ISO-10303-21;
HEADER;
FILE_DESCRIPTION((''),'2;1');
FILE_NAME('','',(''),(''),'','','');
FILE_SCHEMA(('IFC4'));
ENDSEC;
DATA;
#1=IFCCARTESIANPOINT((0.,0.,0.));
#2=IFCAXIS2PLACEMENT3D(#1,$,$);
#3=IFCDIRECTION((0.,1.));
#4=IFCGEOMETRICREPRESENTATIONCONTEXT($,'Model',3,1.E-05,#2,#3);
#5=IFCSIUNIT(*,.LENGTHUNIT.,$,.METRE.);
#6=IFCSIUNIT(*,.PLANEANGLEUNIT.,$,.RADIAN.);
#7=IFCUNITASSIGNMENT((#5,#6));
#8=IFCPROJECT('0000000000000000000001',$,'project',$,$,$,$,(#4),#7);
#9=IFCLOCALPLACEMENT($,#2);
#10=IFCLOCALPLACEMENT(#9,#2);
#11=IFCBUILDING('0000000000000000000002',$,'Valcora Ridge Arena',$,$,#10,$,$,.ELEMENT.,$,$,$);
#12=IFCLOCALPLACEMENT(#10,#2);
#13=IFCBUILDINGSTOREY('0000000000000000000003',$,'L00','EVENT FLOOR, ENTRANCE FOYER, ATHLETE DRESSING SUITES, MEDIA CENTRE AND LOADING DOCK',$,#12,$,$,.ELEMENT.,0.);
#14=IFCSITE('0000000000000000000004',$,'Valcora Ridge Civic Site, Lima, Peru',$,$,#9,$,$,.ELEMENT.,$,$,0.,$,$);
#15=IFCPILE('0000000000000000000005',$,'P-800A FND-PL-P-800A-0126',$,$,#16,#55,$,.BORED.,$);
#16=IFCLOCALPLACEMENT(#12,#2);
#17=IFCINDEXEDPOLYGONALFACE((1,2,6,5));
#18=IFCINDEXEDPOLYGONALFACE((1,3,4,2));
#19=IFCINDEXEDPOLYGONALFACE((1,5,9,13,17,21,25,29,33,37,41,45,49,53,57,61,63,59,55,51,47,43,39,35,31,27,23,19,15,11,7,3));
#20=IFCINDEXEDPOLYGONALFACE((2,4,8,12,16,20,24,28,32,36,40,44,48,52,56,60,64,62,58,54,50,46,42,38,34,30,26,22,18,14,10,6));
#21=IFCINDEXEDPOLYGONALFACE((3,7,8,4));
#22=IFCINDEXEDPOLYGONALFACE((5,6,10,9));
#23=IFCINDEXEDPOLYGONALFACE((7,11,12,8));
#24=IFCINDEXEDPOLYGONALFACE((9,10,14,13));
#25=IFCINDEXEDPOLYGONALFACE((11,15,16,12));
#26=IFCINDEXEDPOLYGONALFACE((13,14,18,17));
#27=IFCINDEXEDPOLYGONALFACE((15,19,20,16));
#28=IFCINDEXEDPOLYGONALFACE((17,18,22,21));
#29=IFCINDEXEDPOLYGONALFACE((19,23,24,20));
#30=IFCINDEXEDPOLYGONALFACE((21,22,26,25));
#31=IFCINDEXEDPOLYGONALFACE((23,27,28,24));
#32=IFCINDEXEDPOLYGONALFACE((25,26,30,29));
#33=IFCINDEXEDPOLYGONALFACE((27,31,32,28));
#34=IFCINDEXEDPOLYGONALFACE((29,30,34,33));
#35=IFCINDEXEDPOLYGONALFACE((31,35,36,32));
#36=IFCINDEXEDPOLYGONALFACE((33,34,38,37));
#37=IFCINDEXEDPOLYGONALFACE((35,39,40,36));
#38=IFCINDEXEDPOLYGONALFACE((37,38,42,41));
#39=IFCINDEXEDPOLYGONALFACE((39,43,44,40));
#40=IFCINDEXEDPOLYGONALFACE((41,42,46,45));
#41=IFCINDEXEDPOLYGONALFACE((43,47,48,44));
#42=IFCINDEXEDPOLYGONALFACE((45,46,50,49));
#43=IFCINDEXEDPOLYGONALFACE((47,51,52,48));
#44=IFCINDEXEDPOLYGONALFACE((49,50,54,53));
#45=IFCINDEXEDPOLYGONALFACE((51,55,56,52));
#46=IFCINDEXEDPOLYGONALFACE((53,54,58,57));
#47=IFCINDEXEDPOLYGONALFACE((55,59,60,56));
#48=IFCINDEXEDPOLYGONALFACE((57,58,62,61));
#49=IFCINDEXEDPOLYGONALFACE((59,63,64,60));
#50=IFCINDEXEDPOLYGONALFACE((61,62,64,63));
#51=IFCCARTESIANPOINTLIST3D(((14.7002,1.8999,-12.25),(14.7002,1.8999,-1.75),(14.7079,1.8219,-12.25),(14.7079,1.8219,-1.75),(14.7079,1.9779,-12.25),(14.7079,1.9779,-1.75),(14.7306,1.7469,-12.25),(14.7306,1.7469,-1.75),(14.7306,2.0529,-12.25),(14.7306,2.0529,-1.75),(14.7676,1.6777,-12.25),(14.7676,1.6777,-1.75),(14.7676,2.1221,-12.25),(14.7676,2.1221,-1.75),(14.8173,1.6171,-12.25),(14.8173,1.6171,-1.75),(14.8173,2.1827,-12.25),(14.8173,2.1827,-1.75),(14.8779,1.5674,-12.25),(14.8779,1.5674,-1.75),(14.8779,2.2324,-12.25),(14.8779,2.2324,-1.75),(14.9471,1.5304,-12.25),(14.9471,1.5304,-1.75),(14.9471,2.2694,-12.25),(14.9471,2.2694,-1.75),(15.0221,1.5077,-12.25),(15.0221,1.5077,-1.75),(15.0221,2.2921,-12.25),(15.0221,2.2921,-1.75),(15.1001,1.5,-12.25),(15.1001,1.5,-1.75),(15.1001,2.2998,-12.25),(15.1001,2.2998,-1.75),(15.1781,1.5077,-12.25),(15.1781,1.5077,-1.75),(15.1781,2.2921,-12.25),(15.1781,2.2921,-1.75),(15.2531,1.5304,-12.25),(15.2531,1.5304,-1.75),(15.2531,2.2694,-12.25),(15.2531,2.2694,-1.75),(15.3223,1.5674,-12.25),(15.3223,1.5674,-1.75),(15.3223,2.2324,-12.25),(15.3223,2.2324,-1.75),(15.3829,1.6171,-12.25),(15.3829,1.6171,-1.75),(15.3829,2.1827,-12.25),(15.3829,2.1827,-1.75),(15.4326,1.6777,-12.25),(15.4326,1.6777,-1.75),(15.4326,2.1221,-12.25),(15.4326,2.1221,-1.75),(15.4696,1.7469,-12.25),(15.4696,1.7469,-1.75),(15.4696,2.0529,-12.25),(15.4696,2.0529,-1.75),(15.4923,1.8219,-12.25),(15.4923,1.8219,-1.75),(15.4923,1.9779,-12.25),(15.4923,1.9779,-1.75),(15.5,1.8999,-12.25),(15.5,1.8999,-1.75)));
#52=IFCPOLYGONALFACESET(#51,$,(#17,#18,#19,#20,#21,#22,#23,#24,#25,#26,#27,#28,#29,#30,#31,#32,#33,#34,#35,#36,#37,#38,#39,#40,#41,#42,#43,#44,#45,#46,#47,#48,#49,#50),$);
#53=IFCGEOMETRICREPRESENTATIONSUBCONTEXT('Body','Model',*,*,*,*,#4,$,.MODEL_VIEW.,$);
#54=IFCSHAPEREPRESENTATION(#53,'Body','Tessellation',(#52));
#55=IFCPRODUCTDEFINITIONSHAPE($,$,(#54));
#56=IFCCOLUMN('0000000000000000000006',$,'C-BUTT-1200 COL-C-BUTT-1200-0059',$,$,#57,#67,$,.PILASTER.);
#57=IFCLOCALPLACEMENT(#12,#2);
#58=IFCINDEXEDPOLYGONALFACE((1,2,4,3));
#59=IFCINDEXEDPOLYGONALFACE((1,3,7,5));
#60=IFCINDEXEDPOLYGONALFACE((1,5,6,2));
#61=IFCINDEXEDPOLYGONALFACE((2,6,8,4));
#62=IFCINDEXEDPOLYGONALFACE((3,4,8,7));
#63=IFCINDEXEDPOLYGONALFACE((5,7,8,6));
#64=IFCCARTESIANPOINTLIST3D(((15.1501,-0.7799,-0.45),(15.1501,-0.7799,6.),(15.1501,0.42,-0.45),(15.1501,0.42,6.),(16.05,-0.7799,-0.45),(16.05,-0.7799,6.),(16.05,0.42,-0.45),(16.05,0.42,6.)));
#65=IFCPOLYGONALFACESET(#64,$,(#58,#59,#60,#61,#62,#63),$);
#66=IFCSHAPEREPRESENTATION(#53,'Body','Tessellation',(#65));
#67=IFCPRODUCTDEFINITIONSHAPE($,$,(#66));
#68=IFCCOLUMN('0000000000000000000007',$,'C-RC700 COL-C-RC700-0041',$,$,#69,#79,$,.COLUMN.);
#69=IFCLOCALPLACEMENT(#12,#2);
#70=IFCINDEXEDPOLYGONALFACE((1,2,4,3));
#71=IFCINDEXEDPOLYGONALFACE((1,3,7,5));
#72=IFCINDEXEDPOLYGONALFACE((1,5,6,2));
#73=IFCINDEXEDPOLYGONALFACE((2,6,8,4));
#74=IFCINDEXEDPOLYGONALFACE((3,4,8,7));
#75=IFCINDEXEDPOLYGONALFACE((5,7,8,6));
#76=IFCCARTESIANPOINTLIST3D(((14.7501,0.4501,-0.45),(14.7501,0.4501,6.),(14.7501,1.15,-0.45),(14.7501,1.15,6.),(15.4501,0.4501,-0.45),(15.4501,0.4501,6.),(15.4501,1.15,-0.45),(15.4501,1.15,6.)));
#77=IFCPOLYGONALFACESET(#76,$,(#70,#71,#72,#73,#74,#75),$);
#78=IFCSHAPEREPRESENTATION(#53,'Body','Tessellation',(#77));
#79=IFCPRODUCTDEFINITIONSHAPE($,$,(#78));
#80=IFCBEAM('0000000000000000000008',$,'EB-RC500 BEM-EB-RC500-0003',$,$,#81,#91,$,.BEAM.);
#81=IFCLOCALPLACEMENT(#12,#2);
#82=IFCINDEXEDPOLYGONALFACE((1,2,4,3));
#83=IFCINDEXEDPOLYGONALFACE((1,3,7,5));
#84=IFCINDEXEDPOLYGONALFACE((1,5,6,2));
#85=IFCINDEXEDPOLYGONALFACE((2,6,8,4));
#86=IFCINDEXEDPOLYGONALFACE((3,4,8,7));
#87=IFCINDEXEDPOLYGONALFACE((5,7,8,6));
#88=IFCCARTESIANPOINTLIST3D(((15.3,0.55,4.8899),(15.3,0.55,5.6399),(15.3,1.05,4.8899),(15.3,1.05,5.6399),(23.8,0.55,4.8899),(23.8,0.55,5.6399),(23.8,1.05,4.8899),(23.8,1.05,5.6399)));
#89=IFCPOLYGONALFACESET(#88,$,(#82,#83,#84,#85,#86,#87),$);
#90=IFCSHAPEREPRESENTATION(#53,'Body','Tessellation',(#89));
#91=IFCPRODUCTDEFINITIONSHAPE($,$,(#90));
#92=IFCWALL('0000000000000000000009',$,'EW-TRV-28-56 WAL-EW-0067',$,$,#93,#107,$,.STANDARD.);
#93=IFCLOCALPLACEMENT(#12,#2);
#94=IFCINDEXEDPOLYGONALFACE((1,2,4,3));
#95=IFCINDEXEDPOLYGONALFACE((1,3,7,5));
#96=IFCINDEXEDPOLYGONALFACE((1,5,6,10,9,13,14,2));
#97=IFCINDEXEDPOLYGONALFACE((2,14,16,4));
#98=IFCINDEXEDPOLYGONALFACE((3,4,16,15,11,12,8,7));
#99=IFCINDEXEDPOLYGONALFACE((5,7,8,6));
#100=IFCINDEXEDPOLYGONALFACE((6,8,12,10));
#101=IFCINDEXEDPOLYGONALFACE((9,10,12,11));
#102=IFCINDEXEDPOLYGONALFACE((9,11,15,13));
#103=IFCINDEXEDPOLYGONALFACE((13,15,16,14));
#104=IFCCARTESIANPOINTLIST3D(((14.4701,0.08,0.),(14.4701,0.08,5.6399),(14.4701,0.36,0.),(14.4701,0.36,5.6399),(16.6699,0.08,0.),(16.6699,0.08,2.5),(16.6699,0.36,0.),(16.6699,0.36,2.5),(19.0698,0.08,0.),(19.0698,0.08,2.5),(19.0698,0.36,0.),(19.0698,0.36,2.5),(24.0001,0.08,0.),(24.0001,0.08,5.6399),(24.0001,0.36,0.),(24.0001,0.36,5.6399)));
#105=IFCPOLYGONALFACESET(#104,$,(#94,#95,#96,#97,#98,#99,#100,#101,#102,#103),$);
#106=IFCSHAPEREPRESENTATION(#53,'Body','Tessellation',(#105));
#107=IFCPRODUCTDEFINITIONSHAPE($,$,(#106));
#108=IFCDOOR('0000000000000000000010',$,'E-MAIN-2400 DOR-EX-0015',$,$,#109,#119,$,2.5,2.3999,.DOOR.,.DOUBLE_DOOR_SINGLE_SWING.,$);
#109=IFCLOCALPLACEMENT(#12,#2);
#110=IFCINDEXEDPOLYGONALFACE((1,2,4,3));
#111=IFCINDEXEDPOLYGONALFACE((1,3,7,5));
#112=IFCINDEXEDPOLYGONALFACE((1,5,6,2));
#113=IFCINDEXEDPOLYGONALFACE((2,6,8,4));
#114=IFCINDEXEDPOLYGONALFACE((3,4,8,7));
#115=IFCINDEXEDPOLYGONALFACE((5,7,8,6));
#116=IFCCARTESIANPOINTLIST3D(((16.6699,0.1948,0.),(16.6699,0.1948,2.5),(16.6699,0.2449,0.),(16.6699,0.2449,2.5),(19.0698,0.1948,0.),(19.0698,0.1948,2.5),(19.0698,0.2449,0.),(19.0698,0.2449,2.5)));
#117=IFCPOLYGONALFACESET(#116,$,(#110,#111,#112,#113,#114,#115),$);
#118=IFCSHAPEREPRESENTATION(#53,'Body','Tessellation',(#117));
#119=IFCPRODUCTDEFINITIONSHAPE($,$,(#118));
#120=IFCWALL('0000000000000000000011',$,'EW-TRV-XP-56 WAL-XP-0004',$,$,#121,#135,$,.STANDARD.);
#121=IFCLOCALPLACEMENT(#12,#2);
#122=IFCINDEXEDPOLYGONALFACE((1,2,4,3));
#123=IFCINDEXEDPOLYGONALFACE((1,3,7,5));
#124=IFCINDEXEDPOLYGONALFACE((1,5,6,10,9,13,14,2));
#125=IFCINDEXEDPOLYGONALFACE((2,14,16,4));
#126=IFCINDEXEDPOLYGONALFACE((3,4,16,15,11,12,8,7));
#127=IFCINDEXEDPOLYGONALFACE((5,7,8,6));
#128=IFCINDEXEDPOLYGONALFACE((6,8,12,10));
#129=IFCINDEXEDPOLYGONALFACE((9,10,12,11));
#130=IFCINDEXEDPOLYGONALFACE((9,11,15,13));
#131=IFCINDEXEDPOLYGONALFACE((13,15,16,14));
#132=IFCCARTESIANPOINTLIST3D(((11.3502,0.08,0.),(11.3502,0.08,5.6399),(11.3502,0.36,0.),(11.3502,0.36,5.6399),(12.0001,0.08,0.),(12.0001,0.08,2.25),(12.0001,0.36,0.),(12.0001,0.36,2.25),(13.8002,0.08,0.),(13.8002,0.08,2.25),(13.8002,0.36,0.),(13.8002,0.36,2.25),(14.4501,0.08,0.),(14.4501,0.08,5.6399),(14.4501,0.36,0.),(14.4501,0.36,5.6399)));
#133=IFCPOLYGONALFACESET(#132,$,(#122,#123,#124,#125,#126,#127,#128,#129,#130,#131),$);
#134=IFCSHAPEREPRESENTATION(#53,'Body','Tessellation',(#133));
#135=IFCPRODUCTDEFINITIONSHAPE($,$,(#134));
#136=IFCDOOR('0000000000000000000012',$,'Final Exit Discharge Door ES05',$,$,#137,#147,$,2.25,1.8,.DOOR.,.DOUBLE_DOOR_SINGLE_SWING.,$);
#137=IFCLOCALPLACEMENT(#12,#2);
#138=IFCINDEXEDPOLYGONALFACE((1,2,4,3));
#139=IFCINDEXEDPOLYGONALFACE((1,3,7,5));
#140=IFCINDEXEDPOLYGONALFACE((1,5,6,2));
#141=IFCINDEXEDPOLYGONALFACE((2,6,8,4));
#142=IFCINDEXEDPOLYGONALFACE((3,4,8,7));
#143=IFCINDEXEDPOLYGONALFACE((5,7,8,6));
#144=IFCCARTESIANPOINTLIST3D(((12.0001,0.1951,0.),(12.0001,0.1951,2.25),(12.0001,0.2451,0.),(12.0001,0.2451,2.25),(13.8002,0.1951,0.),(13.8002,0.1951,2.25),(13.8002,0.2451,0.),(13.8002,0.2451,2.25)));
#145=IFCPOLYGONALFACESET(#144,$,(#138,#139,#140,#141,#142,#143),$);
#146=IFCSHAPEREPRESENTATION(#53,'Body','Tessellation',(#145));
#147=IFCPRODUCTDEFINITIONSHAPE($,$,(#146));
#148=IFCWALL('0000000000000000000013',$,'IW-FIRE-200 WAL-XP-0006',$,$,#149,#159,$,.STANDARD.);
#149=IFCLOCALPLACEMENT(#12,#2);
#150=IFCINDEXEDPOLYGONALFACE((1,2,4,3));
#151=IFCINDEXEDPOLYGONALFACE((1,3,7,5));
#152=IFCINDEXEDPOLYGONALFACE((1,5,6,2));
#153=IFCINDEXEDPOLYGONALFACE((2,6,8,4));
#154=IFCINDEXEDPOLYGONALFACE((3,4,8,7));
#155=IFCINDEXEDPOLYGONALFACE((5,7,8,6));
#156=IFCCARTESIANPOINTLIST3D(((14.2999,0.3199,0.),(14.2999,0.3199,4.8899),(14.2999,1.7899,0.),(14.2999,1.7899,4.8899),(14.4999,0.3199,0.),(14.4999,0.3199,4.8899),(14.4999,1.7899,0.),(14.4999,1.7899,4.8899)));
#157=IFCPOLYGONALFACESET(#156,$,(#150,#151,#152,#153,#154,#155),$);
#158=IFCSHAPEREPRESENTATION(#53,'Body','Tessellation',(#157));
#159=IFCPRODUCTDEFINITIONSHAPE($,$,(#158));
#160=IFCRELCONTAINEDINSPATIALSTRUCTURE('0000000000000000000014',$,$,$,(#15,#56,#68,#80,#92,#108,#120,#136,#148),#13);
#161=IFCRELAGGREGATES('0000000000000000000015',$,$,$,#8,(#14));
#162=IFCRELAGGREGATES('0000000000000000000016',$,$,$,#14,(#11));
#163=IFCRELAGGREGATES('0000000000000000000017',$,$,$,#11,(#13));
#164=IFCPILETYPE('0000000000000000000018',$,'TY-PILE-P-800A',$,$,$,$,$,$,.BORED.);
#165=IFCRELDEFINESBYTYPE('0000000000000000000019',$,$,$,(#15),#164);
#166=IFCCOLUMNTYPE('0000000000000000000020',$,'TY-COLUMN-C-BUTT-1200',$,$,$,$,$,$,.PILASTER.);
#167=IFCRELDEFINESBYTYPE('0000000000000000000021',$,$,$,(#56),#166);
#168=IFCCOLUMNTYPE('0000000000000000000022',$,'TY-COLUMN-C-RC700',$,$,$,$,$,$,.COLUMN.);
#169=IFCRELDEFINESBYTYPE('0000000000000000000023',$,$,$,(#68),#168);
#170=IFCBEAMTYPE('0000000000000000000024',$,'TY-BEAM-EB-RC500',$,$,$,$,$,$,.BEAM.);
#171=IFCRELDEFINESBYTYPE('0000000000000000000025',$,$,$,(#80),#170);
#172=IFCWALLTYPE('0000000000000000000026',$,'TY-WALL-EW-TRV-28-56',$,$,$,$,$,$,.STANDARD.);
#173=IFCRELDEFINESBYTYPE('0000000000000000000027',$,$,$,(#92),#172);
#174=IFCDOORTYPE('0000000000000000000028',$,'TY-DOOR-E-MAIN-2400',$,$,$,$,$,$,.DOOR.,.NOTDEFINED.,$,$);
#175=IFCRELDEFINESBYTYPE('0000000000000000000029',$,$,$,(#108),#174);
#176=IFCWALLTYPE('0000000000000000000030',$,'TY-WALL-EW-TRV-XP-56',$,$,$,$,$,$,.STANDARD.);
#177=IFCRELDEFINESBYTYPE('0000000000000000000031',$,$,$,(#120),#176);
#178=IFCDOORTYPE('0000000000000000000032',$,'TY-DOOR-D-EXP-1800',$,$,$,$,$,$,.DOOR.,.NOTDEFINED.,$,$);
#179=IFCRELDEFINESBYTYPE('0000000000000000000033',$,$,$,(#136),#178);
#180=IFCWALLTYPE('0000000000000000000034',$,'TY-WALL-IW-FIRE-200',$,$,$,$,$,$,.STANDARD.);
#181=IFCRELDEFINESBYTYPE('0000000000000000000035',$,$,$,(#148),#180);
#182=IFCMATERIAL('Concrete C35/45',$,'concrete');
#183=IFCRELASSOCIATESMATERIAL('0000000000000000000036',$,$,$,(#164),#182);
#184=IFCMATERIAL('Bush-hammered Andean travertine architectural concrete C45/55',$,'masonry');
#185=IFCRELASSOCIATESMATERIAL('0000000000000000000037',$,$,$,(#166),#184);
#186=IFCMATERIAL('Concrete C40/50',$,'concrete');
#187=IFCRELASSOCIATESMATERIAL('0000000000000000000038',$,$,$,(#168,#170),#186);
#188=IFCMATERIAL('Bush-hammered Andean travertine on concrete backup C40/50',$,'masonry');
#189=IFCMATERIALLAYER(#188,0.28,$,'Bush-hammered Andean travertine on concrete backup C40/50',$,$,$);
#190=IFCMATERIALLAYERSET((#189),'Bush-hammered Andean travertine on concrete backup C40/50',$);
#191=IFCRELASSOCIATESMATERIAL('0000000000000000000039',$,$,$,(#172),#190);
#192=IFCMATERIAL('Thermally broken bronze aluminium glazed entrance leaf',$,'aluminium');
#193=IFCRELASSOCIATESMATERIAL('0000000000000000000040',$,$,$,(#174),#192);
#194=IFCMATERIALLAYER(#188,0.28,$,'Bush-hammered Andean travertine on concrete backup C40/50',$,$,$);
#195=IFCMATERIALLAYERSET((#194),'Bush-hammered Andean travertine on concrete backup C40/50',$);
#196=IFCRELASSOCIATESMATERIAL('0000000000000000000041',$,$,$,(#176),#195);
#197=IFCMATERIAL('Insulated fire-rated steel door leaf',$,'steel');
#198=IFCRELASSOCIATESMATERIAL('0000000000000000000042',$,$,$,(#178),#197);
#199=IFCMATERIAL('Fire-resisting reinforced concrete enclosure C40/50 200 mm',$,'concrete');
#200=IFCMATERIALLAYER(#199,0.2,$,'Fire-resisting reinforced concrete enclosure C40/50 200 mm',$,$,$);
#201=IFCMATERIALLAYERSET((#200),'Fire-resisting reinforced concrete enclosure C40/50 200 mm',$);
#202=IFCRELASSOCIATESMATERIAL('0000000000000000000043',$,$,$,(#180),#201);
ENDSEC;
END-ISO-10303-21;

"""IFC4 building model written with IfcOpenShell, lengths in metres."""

from ifc_helpers import new_model, si_unit, direction, frame, frame_2d, origin, origin_2d, place, context, subcontext, project, spatial, rectangle, circle, extrude, material, layer, layer_set, material_profile, profile_set, type_object, element, fill, save


model = new_model("IFC4")

# Units and contexts
model_context = context("Model", 3, precision=1e-05, world=origin(), true_north=direction((0.0, 1.0)))
body_context = subcontext(model_context, "Body", "Model", "MODEL_VIEW")
ifc_project = project(units=[si_unit("LENGTHUNIT", "METRE"), si_unit("PLANEANGLEUNIT", "RADIAN")], contexts=[model_context])

# Site, building, storey
site_placement = place(None, origin())
site = spatial("IfcSite", under=ifc_project, at=site_placement, Name="Valcora Ridge Civic Site, Lima, Peru", CompositionType="ELEMENT", RefElevation=0.0)
building_placement = place(site_placement, origin())
building = spatial("IfcBuilding", under=site, at=building_placement, Name="Valcora Ridge Arena", CompositionType="ELEMENT")
storey_placement = place(building_placement, origin())
storey = spatial("IfcBuildingStorey", under=building, at=storey_placement, Name="L00", Description="EVENT FLOOR, ENTRANCE FOYER, ATHLETE DRESSING SUITES, MEDIA CENTRE AND LOADING DOCK", CompositionType="ELEMENT", Elevation=0.0)

# Shared definitions
ifc_material_1 = material(Name="Concrete C40/50", Category="concrete")
ifc_material_2 = material(Name="Fire-resisting reinforced concrete enclosure C40/50 200 mm", Category="concrete")

# Pile
ifc_material_3 = material(Name="Concrete C35/45", Category="concrete")
ifc_material_profile_1 = material_profile(ifc_material_3, circle(Radius=0.3999, at=origin_2d()), Name="BORED PILE D800")
ifc_profile_set_1 = profile_set([ifc_material_profile_1], Name="Concrete C35/45")
pile_type = type_object("IfcPileType", Name="TY-PILE-P-800A", PredefinedType="BORED", material=ifc_profile_set_1)
for number, where, z_axis, x_axis, name in (
    (1, (15.1001, 1.8999, -1.75), (0.0, 0.0, -1.0), (1.0, 0.0, 0.0), "P-800A FND-PL-P-800A-0126"),
):
    element("IfcPile", number, at=place(storey_placement, frame(where, z_axis=z_axis, x_axis=x_axis)), inside=storey, type_object=pile_type, Name=name, PredefinedType="BORED", context=body_context, shape_type="SweptSolid", body=[
        extrude(circle(Radius=0.3999, at=origin_2d()), origin(), (0.0, 0.0, 1.0), 10.5),
    ])

# Columns
ifc_material_4 = material(Name="Bush-hammered Andean travertine architectural concrete C45/55", Category="masonry")
ifc_material_profile_2 = material_profile(ifc_material_4, rectangle(XDim=0.8999, YDim=1.2, at=origin_2d()), Name="RC 900x1200")
ifc_profile_set_2 = profile_set([ifc_material_profile_2], Name="Bush-hammered Andean travertine architectural concrete C45/55")
column_type_1 = type_object("IfcColumnType", Name="TY-COLUMN-C-BUTT-1200", PredefinedType="PILASTER", material=ifc_profile_set_2)
column_1_placement = place(storey_placement, frame((15.6001, -0.1799, -0.45), z_axis=(0.0, 0.0, 1.0), x_axis=(1.0, 0.0, 0.0)))
element("IfcColumn", 2, at=column_1_placement, inside=storey, type_object=column_type_1, Name="C-BUTT-1200 COL-C-BUTT-1200-0059", PredefinedType="PILASTER", context=body_context, shape_type="SweptSolid", body=[
    extrude(rectangle(XDim=0.8999, YDim=1.2, at=origin_2d()), origin(), (0.0, 0.0, 1.0), 6.45),
])
ifc_material_profile_3 = material_profile(ifc_material_1, rectangle(XDim=0.7, YDim=0.7, at=origin_2d()), Name="RC 700x700")
ifc_profile_set_3 = profile_set([ifc_material_profile_3], Name="Concrete C40/50")
column_type_2 = type_object("IfcColumnType", Name="TY-COLUMN-C-RC700", PredefinedType="COLUMN", material=ifc_profile_set_3)
column_2_placement = place(storey_placement, frame((15.1001, 0.8, -0.45), z_axis=(0.0, 0.0, 1.0), x_axis=(1.0, 0.0, 0.0)))
element("IfcColumn", 3, at=column_2_placement, inside=storey, type_object=column_type_2, Name="C-RC700 COL-C-RC700-0041", PredefinedType="COLUMN", context=body_context, shape_type="SweptSolid", body=[
    extrude(rectangle(XDim=0.7, YDim=0.7, at=origin_2d()), origin(), (0.0, 0.0, 1.0), 6.45),
])

# Beam
ifc_material_profile_4 = material_profile(ifc_material_1, rectangle(XDim=0.5, YDim=0.75, at=origin_2d()), Name="RC 500x750")
ifc_profile_set_4 = profile_set([ifc_material_profile_4], Name="Concrete C40/50")
beam_type = type_object("IfcBeamType", Name="TY-BEAM-EB-RC500", PredefinedType="BEAM", material=ifc_profile_set_4)
beam_placement = place(storey_placement, frame((15.3, 0.8, 5.2649), z_axis=(1.0, 0.0, 0.0), x_axis=(0.0, 1.0, 0.0)))
element("IfcBeam", 4, at=beam_placement, inside=storey, type_object=beam_type, Name="EB-RC500 BEM-EB-RC500-0003", PredefinedType="BEAM", context=body_context, shape_type="SweptSolid", body=[
    extrude(rectangle(XDim=0.5, YDim=0.75, at=origin_2d()), origin(), (0.0, 0.0, 1.0), 8.5),
])

# Walls, openings, doors
ifc_material_5 = material(Name="Bush-hammered Andean travertine on concrete backup C40/50", Category="masonry")
ifc_layer_1 = layer(ifc_material_5, 0.28, Name="Bush-hammered Andean travertine on concrete backup C40/50")
ifc_layer_set_1 = layer_set([ifc_layer_1], Name="Bush-hammered Andean travertine on concrete backup C40/50")
wall_type_1 = type_object("IfcWallType", Name="TY-WALL-EW-TRV-28-56", PredefinedType="STANDARD", material=ifc_layer_set_1)
wall_1_placement = place(storey_placement, frame((14.47, 0.22, 0.0), z_axis=(0.0, 0.0, 1.0), x_axis=(1.0, 0.0, 0.0)))
wall_1 = element("IfcWall", 5, at=wall_1_placement, inside=storey, type_object=wall_type_1, Name="EW-TRV-28-56 WAL-EW-0067", PredefinedType="STANDARD", context=body_context, shape_type="SweptSolid", body=[
    extrude(rectangle(XDim=9.53, YDim=0.28, at=frame_2d((4.7651, 0.0))), origin(), (0.0, 0.0, 1.0), 5.6399),
])
opening_1_placement = place(wall_1_placement, frame((2.2, 0.0, 0.0)))
opening_1 = element("IfcOpeningElement", 6, at=opening_1_placement, cuts=wall_1, PredefinedType="OPENING", context=body_context, shape_type="SweptSolid", body=[
    extrude(rectangle(XDim=2.3999, YDim=2.5, at=frame_2d((1.2, 1.25))), frame((0.0, 0.1499, 0.0), z_axis=(0.0, -1.0, 0.0), x_axis=(1.0, 0.0, 0.0)), (0.0, 0.0, 1.0), 0.3),
])
ifc_material_6 = material(Name="Thermally broken bronze aluminium glazed entrance leaf", Category="aluminium")
door_type_1 = type_object("IfcDoorType", Name="TY-DOOR-E-MAIN-2400", OperationType="NOTDEFINED", PredefinedType="DOOR", material=ifc_material_6)
door_1_placement = place(opening_1_placement, origin())
door_1 = element("IfcDoor", 7, at=door_1_placement, inside=storey, type_object=door_type_1, Name="E-MAIN-2400 DOR-EX-0015", OperationType="DOUBLE_DOOR_SINGLE_SWING", OverallHeight=2.5, OverallWidth=2.3999, PredefinedType="DOOR", context=body_context, shape_type="SweptSolid", body=[
    extrude(rectangle(XDim=2.3999, YDim=2.5, at=frame_2d((1.2, 1.25))), frame((0.0, 0.0249, 0.0), z_axis=(0.0, -1.0, 0.0), x_axis=(1.0, 0.0, 0.0)), (0.0, 0.0, 1.0), 0.05),
])
fill(opening_1, door_1)
ifc_layer_2 = layer(ifc_material_5, 0.28, Name="Bush-hammered Andean travertine on concrete backup C40/50")
ifc_layer_set_2 = layer_set([ifc_layer_2], Name="Bush-hammered Andean travertine on concrete backup C40/50")
wall_type_2 = type_object("IfcWallType", Name="TY-WALL-EW-TRV-XP-56", PredefinedType="STANDARD", material=ifc_layer_set_2)
wall_2_placement = place(storey_placement, frame((14.45, 0.22, 0.0), z_axis=(0.0, 0.0, 1.0), x_axis=(-1.0, 0.0, 0.0)))
wall_2 = element("IfcWall", 8, at=wall_2_placement, inside=storey, type_object=wall_type_2, Name="EW-TRV-XP-56 WAL-XP-0004", PredefinedType="STANDARD", context=body_context, shape_type="SweptSolid", body=[
    extrude(rectangle(XDim=3.0999, YDim=0.28, at=frame_2d((1.5498, 0.0))), origin(), (0.0, 0.0, 1.0), 5.6399),
])
opening_2_placement = place(wall_2_placement, frame((0.6499, 0.0, 0.0)))
opening_2 = element("IfcOpeningElement", 9, at=opening_2_placement, cuts=wall_2, PredefinedType="OPENING", context=body_context, shape_type="SweptSolid", body=[
    extrude(rectangle(XDim=1.8, YDim=2.25, at=frame_2d((0.8999, 1.125))), frame((0.0, 0.1499, 0.0), z_axis=(0.0, -1.0, 0.0), x_axis=(1.0, 0.0, 0.0)), (0.0, 0.0, 1.0), 0.3),
])
ifc_material_7 = material(Name="Insulated fire-rated steel door leaf", Category="steel")
door_type_2 = type_object("IfcDoorType", Name="TY-DOOR-D-EXP-1800", OperationType="NOTDEFINED", PredefinedType="DOOR", material=ifc_material_7)
door_2_placement = place(opening_2_placement, origin())
door_2 = element("IfcDoor", 10, at=door_2_placement, inside=storey, type_object=door_type_2, Name="Final Exit Discharge Door ES05", OperationType="DOUBLE_DOOR_SINGLE_SWING", OverallHeight=2.25, OverallWidth=1.8, PredefinedType="DOOR", context=body_context, shape_type="SweptSolid", body=[
    extrude(rectangle(XDim=1.8, YDim=2.25, at=frame_2d((0.8999, 1.125))), frame((0.0, 0.0249, 0.0), z_axis=(0.0, -1.0, 0.0), x_axis=(1.0, 0.0, 0.0)), (0.0, 0.0, 1.0), 0.05),
])
fill(opening_2, door_2)
ifc_layer_3 = layer(ifc_material_2, 0.2, Name="Fire-resisting reinforced concrete enclosure C40/50 200 mm")
ifc_layer_set_3 = layer_set([ifc_layer_3], Name="Fire-resisting reinforced concrete enclosure C40/50 200 mm")
wall_type_3 = type_object("IfcWallType", Name="TY-WALL-IW-FIRE-200", PredefinedType="STANDARD", material=ifc_layer_set_3)

# Wall
wall_3_placement = place(storey_placement, frame((14.3999, 0.3201, 0.0), z_axis=(0.0, 0.0, 1.0), x_axis=(0.0, 1.0, 0.0)))
element("IfcWall", 11, at=wall_3_placement, inside=storey, type_object=wall_type_3, Name="IW-FIRE-200 WAL-XP-0006", PredefinedType="STANDARD", context=body_context, shape_type="SweptSolid", body=[
    extrude(rectangle(XDim=1.47, YDim=0.2, at=frame_2d((0.7349, 0.0))), origin(), (0.0, 0.0, 1.0), 4.8899),
])

save(model, "model.ifc")
